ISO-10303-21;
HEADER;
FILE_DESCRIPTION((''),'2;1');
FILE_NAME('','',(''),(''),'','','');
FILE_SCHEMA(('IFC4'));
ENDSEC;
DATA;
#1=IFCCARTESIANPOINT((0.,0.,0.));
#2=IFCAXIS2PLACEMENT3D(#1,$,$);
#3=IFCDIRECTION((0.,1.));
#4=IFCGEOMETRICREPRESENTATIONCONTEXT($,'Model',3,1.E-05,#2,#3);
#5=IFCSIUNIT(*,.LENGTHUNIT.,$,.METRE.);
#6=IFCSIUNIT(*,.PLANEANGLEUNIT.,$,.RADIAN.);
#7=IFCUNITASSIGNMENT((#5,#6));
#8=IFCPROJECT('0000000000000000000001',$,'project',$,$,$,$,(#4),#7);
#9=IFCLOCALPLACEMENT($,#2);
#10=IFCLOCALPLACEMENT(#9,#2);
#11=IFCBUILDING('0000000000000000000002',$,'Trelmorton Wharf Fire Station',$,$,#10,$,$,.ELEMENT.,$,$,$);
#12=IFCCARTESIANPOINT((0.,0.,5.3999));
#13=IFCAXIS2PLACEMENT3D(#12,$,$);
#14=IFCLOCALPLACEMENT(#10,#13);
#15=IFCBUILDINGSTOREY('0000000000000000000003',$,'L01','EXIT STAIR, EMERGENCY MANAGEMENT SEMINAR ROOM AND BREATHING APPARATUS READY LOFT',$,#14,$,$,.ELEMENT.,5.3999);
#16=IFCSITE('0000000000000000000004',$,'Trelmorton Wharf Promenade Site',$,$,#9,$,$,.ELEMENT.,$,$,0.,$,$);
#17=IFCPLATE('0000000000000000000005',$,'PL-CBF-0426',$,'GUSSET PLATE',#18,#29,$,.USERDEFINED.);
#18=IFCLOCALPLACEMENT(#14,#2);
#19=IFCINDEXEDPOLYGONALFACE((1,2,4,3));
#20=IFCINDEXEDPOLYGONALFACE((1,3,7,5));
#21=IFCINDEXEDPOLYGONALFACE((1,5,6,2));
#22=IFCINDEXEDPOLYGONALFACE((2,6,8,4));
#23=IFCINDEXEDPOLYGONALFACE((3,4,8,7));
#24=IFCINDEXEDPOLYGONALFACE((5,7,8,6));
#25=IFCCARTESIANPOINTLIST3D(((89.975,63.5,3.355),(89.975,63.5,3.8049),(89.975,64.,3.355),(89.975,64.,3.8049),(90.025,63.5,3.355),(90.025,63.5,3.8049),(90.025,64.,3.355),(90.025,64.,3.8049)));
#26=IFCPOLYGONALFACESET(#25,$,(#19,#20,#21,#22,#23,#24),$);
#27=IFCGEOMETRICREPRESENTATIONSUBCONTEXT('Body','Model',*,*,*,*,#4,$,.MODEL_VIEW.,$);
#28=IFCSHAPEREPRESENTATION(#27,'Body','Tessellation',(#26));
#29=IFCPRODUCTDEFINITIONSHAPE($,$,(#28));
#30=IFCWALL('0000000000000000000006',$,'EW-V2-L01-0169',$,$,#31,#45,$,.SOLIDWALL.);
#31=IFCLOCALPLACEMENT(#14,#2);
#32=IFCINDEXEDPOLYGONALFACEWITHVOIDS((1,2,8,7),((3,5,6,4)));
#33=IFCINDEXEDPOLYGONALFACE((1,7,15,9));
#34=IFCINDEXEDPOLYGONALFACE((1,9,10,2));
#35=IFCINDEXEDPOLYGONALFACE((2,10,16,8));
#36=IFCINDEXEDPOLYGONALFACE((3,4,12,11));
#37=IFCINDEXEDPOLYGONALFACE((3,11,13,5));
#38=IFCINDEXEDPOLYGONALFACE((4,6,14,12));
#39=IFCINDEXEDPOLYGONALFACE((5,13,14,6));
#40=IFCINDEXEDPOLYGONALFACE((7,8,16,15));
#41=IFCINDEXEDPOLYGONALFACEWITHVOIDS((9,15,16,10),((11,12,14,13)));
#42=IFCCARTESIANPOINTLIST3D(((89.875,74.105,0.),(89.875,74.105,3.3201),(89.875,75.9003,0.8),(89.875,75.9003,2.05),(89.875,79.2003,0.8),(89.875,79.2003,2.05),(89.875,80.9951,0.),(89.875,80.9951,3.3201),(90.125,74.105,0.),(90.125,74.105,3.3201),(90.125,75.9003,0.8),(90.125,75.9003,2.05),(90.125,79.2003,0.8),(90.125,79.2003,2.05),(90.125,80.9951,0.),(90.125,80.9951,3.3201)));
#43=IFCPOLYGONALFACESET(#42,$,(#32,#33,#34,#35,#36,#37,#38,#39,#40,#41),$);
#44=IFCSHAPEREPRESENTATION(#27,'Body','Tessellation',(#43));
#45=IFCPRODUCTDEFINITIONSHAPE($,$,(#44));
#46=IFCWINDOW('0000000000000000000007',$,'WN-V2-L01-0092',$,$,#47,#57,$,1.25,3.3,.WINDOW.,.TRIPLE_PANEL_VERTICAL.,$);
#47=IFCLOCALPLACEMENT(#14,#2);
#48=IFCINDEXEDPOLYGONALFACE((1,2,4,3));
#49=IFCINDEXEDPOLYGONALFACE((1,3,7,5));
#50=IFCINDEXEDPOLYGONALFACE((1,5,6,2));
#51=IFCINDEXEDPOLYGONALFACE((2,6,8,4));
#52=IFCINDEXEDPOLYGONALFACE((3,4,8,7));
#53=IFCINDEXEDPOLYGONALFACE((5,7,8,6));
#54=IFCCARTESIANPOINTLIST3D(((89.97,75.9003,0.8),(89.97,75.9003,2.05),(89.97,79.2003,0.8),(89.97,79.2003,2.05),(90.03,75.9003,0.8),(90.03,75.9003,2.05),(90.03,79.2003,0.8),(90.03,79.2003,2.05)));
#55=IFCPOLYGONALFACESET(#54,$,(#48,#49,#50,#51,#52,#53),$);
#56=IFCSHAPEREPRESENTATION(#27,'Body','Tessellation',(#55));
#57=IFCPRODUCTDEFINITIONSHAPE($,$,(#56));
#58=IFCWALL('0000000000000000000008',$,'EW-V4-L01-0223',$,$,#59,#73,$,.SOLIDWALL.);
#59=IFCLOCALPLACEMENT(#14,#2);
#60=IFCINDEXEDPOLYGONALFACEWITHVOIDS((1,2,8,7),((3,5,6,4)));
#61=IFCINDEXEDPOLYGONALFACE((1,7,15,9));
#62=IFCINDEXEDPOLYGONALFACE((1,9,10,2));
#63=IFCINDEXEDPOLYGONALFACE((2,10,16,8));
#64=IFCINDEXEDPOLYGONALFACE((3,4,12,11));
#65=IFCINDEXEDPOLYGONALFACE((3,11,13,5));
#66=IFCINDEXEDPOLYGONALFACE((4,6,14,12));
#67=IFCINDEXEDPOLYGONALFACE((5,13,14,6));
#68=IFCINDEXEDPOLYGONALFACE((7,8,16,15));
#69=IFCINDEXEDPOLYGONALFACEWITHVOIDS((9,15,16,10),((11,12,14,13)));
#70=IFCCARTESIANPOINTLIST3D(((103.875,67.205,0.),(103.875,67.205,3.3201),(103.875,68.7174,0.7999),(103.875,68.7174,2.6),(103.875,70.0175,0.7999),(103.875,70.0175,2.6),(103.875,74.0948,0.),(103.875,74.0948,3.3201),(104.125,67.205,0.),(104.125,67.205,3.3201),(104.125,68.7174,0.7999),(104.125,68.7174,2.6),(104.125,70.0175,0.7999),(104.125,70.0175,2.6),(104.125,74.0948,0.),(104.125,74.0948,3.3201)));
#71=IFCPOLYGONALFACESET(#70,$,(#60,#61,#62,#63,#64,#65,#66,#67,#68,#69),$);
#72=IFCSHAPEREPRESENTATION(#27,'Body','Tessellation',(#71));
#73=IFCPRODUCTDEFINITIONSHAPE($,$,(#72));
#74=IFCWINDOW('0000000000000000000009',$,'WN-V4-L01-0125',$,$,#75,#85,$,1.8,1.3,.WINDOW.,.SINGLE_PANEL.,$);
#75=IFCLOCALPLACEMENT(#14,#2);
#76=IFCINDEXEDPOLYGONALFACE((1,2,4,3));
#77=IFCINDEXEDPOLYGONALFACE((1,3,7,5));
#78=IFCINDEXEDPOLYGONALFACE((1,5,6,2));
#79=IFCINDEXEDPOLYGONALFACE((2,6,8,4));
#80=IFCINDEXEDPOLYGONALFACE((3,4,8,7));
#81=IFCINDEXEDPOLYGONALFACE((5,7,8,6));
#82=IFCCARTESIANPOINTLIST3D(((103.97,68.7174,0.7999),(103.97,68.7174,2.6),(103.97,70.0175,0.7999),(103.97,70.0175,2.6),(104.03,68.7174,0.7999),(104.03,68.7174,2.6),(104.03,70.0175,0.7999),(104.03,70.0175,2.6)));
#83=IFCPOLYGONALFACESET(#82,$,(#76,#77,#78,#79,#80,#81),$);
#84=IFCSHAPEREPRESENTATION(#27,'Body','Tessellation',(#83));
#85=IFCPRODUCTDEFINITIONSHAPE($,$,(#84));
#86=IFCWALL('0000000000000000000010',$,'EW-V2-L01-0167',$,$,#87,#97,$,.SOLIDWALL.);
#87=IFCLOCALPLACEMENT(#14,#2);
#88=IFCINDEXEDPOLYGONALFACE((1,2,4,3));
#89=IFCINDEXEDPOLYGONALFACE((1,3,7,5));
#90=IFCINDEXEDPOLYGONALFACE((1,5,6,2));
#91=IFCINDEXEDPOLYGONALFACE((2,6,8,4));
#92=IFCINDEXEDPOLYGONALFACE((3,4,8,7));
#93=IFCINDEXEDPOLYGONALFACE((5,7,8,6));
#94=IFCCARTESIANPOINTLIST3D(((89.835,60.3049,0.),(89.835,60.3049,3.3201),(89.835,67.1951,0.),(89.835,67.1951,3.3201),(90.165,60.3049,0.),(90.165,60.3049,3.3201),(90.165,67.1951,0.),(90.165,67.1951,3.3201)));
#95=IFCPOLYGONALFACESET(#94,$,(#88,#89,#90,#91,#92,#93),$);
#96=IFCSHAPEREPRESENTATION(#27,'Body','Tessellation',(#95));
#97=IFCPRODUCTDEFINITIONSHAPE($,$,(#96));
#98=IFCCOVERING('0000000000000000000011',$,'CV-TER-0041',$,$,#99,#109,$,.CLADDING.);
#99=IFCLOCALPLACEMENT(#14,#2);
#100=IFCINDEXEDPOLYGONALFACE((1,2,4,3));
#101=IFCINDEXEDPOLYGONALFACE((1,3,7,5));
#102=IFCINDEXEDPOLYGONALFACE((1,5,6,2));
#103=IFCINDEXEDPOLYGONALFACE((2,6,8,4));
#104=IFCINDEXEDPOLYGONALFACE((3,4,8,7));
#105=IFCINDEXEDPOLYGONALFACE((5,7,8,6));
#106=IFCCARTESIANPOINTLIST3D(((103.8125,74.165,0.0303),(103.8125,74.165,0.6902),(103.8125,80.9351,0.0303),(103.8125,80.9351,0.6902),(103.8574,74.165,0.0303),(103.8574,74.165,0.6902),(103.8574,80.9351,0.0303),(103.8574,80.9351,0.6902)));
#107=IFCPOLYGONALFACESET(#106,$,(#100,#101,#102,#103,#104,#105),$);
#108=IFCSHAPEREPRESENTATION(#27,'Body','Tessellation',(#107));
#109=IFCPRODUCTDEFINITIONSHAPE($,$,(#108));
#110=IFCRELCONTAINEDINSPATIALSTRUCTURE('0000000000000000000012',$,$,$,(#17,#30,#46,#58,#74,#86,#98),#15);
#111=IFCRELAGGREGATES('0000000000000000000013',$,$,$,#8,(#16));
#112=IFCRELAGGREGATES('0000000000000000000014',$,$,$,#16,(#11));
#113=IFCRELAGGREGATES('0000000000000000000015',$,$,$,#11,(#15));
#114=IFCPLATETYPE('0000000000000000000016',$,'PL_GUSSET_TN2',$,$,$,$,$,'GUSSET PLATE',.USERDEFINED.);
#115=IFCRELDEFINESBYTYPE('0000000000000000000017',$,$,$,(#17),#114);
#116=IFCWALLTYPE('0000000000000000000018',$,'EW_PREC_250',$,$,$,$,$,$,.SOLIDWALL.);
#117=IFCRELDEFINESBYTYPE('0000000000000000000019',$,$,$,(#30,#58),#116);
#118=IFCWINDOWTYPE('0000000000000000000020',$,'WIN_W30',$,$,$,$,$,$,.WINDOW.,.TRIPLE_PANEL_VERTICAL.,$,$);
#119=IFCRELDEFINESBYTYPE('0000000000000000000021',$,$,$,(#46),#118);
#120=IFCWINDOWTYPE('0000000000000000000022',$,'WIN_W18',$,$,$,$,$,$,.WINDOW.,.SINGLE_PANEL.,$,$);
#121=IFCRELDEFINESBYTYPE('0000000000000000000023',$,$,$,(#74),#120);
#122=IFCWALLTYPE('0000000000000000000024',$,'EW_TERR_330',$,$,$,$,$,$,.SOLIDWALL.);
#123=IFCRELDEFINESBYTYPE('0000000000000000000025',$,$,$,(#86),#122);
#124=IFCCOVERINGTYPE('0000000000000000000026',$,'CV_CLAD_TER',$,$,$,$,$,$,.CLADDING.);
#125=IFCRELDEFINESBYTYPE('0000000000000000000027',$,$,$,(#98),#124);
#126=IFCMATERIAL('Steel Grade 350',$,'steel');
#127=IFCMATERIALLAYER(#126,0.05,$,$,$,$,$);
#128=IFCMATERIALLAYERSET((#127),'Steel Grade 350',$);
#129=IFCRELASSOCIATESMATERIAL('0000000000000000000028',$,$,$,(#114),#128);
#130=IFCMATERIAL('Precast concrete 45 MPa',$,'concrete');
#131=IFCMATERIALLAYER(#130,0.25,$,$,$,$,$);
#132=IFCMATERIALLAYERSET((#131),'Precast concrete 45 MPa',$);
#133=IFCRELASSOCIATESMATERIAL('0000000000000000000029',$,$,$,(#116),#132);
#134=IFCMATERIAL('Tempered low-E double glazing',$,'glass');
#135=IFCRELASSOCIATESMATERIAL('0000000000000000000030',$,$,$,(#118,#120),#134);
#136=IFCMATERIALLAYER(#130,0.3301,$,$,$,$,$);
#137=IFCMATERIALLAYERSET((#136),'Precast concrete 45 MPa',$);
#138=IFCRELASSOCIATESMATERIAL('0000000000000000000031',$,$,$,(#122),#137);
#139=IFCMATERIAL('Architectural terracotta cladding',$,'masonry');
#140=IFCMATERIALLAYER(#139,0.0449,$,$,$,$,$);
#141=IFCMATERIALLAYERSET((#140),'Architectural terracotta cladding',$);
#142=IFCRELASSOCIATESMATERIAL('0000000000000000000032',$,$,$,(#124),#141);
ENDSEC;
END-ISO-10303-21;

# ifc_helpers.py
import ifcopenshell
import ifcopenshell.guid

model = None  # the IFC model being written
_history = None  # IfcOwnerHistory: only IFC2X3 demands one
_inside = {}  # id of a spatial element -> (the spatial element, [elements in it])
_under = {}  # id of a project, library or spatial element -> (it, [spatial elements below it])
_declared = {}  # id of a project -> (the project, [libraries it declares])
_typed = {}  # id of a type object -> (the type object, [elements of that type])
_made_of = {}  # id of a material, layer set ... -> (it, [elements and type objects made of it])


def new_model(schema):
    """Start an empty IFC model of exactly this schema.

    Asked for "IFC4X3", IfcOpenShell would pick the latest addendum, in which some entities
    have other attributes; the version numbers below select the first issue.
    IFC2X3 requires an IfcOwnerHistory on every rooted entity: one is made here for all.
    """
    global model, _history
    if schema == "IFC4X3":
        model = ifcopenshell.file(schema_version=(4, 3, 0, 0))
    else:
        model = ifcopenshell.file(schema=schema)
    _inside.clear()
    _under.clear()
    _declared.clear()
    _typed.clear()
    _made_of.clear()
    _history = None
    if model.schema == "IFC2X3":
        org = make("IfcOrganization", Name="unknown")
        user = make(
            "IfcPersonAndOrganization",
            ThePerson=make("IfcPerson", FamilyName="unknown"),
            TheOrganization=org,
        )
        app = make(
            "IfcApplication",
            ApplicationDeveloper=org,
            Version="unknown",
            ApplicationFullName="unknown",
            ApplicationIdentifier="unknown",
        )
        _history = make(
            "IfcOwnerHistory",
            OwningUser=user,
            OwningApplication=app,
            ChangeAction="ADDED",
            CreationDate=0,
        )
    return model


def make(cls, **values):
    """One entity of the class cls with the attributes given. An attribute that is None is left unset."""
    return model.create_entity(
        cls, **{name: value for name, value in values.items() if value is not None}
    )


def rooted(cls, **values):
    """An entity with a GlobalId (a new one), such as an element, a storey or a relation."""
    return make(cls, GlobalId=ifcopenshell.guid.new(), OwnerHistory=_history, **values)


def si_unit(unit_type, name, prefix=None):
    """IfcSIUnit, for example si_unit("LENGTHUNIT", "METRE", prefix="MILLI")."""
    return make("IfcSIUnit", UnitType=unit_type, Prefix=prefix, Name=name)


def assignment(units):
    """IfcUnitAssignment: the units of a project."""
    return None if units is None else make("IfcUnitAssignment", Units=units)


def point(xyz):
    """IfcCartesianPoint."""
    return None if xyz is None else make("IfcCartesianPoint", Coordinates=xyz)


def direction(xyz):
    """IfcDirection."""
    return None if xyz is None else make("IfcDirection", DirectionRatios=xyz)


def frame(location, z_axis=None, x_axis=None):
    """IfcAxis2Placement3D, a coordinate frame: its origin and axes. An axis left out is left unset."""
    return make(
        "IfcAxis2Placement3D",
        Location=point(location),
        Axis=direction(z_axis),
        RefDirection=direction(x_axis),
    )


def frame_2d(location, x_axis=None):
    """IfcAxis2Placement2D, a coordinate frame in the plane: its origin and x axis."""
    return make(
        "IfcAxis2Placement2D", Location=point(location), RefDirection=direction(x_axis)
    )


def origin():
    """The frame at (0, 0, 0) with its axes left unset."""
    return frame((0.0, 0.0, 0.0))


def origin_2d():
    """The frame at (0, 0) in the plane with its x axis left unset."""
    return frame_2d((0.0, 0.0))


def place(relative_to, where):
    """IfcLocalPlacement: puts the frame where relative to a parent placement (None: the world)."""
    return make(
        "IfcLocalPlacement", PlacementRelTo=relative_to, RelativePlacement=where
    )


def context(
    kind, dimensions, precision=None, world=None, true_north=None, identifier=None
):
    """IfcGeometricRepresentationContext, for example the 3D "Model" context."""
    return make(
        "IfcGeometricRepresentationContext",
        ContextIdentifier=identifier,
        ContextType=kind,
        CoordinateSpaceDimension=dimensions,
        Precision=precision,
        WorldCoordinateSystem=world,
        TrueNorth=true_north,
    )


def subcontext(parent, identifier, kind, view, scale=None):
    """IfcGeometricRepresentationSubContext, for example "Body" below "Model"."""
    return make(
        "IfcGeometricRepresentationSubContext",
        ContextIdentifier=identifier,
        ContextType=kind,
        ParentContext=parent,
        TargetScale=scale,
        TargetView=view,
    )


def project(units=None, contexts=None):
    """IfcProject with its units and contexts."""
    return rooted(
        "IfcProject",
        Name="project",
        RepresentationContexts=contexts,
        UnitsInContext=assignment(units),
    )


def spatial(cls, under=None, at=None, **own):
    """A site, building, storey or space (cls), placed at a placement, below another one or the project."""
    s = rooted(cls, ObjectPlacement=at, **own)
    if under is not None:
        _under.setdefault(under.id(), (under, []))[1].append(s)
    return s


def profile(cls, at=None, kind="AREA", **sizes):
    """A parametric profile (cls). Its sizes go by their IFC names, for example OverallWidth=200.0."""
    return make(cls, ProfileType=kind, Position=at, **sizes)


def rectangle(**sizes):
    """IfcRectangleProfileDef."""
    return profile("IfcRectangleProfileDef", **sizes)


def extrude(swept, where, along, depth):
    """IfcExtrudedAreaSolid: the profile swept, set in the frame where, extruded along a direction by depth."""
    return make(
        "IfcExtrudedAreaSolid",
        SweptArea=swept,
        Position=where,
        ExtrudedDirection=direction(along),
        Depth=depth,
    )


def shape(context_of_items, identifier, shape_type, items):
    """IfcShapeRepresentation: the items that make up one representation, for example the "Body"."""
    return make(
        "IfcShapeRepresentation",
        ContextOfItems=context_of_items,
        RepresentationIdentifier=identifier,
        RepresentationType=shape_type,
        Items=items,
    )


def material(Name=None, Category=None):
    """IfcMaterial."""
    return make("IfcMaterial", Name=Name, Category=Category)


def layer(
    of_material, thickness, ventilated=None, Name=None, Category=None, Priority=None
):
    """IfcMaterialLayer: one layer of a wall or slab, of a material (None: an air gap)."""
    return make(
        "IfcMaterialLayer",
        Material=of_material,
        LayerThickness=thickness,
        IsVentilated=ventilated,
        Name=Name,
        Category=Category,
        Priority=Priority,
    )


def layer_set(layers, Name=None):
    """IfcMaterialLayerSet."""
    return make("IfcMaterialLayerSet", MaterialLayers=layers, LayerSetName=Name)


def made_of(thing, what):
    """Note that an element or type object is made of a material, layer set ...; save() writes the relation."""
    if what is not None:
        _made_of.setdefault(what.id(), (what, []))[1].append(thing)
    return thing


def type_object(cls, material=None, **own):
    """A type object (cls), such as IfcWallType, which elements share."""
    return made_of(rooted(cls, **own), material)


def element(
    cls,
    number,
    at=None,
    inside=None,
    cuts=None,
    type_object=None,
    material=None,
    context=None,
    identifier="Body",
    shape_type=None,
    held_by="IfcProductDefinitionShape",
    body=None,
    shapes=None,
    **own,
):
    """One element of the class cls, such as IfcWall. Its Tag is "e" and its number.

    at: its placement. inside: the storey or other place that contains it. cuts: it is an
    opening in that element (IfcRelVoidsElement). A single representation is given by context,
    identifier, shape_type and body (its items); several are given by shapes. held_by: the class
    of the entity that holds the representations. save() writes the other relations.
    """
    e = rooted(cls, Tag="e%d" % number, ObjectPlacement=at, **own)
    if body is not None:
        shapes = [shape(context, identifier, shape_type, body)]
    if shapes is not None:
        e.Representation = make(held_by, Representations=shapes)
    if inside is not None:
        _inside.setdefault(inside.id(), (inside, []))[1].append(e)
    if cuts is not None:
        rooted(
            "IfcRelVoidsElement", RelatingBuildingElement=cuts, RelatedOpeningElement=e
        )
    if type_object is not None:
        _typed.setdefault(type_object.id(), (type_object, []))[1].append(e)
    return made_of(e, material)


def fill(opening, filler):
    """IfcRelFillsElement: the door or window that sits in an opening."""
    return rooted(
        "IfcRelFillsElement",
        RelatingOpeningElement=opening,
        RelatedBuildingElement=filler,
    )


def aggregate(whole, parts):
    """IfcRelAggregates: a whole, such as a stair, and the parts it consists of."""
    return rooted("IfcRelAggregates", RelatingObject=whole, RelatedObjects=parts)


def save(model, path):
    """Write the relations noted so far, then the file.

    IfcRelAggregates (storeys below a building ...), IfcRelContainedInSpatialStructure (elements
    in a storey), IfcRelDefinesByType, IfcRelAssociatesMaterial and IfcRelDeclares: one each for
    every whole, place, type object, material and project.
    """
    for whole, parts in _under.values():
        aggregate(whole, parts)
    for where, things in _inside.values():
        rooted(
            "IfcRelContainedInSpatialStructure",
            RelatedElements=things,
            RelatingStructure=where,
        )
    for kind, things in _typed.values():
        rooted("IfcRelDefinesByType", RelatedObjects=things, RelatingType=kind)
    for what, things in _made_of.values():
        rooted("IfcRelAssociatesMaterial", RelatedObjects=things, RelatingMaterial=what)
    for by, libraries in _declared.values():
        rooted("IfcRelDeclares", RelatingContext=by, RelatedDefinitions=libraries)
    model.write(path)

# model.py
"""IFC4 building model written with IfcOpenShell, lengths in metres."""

from ifc_helpers import new_model, si_unit, direction, frame, frame_2d, origin, origin_2d, place, context, subcontext, project, spatial, rectangle, extrude, material, layer, layer_set, type_object, element, fill, save


model = new_model("IFC4")

# Units and contexts
model_context = context("Model", 3, precision=1e-05, world=origin(), true_north=direction((0.0, 1.0)))
body_context = subcontext(model_context, "Body", "Model", "MODEL_VIEW")
ifc_project = project(units=[si_unit("LENGTHUNIT", "METRE"), si_unit("PLANEANGLEUNIT", "RADIAN")], contexts=[model_context])

# Site, building, storey
site_placement = place(None, origin())
site = spatial("IfcSite", under=ifc_project, at=site_placement, Name="Trelmorton Wharf Promenade Site", CompositionType="ELEMENT", RefElevation=0.0)
building_placement = place(site_placement, origin())
building = spatial("IfcBuilding", under=site, at=building_placement, Name="Trelmorton Wharf Fire Station", CompositionType="ELEMENT")
storey_placement = place(building_placement, frame((0.0, 0.0, 5.3999)))
storey = spatial("IfcBuildingStorey", under=building, at=storey_placement, Name="L01", Description="EXIT STAIR, EMERGENCY MANAGEMENT SEMINAR ROOM AND BREATHING APPARATUS READY LOFT", CompositionType="ELEMENT", Elevation=5.3999)

# Shared definitions
ifc_material_1 = material(Name="Steel Grade 350", Category="steel")

# Shared definitions
ifc_material_2 = material(Name="Tempered low-E double glazing", Category="glass")

# Plate
ifc_layer_1 = layer(ifc_material_1, 0.05)
ifc_layer_set_1 = layer_set([ifc_layer_1], Name="Steel Grade 350")
plate_type_1 = type_object("IfcPlateType", Name="PL_GUSSET_TN2", ElementType="GUSSET PLATE", PredefinedType="USERDEFINED", material=ifc_layer_set_1)
for number, where, z_axis, x_axis, name in (
    (1, (90.0, 63.75, 3.355), (0.0, 0.0, 1.0), (1.0, 0.0, 0.0), "PL-CBF-0426"),
):
    element("IfcPlate", number, at=place(storey_placement, frame(where, z_axis=z_axis, x_axis=x_axis)), inside=storey, type_object=plate_type_1, Name=name, ObjectType="GUSSET PLATE", PredefinedType="USERDEFINED", context=body_context, shape_type="SweptSolid", body=[
        extrude(rectangle(XDim=0.05, YDim=0.5, at=origin_2d()), origin(), (0.0, 0.0, 1.0), 0.45),
    ])

# Walls, openings, windows
ifc_material_3 = material(Name="Precast concrete 45 MPa", Category="concrete")
ifc_layer_2 = layer(ifc_material_3, 0.25)
ifc_layer_set_2 = layer_set([ifc_layer_2], Name="Precast concrete 45 MPa")
wall_type_1 = type_object("IfcWallType", Name="EW_PREC_250", PredefinedType="SOLIDWALL", material=ifc_layer_set_2)
wall_1_placement = place(storey_placement, frame((90.0, 80.9951, 0.0), z_axis=(0.0, 0.0, 1.0), x_axis=(0.0, -1.0, 0.0)))
wall_1 = element("IfcWall", 2, at=wall_1_placement, inside=storey, type_object=wall_type_1, Name="EW-V2-L01-0169", PredefinedType="SOLIDWALL", context=body_context, shape_type="SweptSolid", body=[
    extrude(rectangle(XDim=6.8901, YDim=0.25, at=frame_2d((3.4451, 0.0))), origin(), (0.0, 0.0, 1.0), 3.3201),
])
opening_1_placement = place(wall_1_placement, frame((1.7949, 0.0, 0.8)))
opening_1 = element("IfcOpeningElement", 3, at=opening_1_placement, cuts=wall_1, PredefinedType="OPENING", context=body_context, shape_type="SweptSolid", body=[
    extrude(rectangle(XDim=3.3, YDim=1.25, at=frame_2d((1.6499, 0.625))), frame((0.0, 0.135, 0.0), z_axis=(0.0, -1.0, 0.0), x_axis=(1.0, 0.0, 0.0)), (0.0, 0.0, 1.0), 0.27),
])
window_type_1 = type_object("IfcWindowType", Name="WIN_W30", PartitioningType="TRIPLE_PANEL_VERTICAL", PredefinedType="WINDOW", material=ifc_material_2)
window_1_placement = place(opening_1_placement, origin())
window_1 = element("IfcWindow", 4, at=window_1_placement, inside=storey, type_object=window_type_1, Name="WN-V2-L01-0092", OverallHeight=1.25, OverallWidth=3.3, PartitioningType="TRIPLE_PANEL_VERTICAL", PredefinedType="WINDOW", context=body_context, shape_type="SweptSolid", body=[
    extrude(rectangle(XDim=3.3, YDim=1.25, at=frame_2d((1.6499, 0.625))), frame((0.0, 0.03, 0.0), z_axis=(0.0, -1.0, 0.0), x_axis=(1.0, 0.0, 0.0)), (0.0, 0.0, 1.0), 0.0601),
])
fill(opening_1, window_1)
wall_2_placement = place(storey_placement, frame((104.0, 67.2051, 0.0), z_axis=(0.0, 0.0, 1.0), x_axis=(0.0, 1.0, 0.0)))
wall_2 = element("IfcWall", 5, at=wall_2_placement, inside=storey, type_object=wall_type_1, Name="EW-V4-L01-0223", PredefinedType="SOLIDWALL", context=body_context, shape_type="SweptSolid", body=[
    extrude(rectangle(XDim=6.8899, YDim=0.25, at=frame_2d((3.4448, 0.0))), origin(), (0.0, 0.0, 1.0), 3.3201),
])
opening_2_placement = place(wall_2_placement, frame((1.5125, 0.0, 0.8)))
opening_2 = element("IfcOpeningElement", 6, at=opening_2_placement, cuts=wall_2, PredefinedType="OPENING", context=body_context, shape_type="SweptSolid", body=[
    extrude(rectangle(XDim=1.3, YDim=1.8, at=frame_2d((0.6499, 0.8999))), frame((0.0, 0.135, 0.0), z_axis=(0.0, -1.0, 0.0), x_axis=(1.0, 0.0, 0.0)), (0.0, 0.0, 1.0), 0.27),
])
window_type_2 = type_object("IfcWindowType", Name="WIN_W18", PartitioningType="SINGLE_PANEL", PredefinedType="WINDOW", material=ifc_material_2)
window_2_placement = place(opening_2_placement, origin())
window_2 = element("IfcWindow", 7, at=window_2_placement, inside=storey, type_object=window_type_2, Name="WN-V4-L01-0125", OverallHeight=1.8, OverallWidth=1.3, PartitioningType="SINGLE_PANEL", PredefinedType="WINDOW", context=body_context, shape_type="SweptSolid", body=[
    extrude(rectangle(XDim=1.3, YDim=1.8, at=frame_2d((0.6499, 0.8999))), frame((0.0, 0.03, 0.0), z_axis=(0.0, -1.0, 0.0), x_axis=(1.0, 0.0, 0.0)), (0.0, 0.0, 1.0), 0.0601),
])
fill(opening_2, window_2)

# Wall
ifc_layer_3 = layer(ifc_material_3, 0.3301)
ifc_layer_set_3 = layer_set([ifc_layer_3], Name="Precast concrete 45 MPa")
wall_type_2 = type_object("IfcWallType", Name="EW_TERR_330", PredefinedType="SOLIDWALL", material=ifc_layer_set_3)
wall_3_placement = place(storey_placement, frame((90.0, 67.1951, 0.0), z_axis=(0.0, 0.0, 1.0), x_axis=(0.0, -1.0, 0.0)))
element("IfcWall", 8, at=wall_3_placement, inside=storey, type_object=wall_type_2, Name="EW-V2-L01-0167", PredefinedType="SOLIDWALL", context=body_context, shape_type="SweptSolid", body=[
    extrude(rectangle(XDim=6.8901, YDim=0.3301, at=frame_2d((3.4451, 0.0))), origin(), (0.0, 0.0, 1.0), 3.3201),
])

# Covering
ifc_material_4 = material(Name="Architectural terracotta cladding", Category="masonry")
ifc_layer_4 = layer(ifc_material_4, 0.0449)
ifc_layer_set_4 = layer_set([ifc_layer_4], Name="Architectural terracotta cladding")
covering_type = type_object("IfcCoveringType", Name="CV_CLAD_TER", PredefinedType="CLADDING", material=ifc_layer_set_4)
covering_placement = place(storey_placement, frame((103.835, 77.55, 0.0303), z_axis=(0.0, 0.0, 1.0), x_axis=(0.0, 1.0, 0.0)))
element("IfcCovering", 9, at=covering_placement, inside=storey, type_object=covering_type, Name="CV-TER-0041", PredefinedType="CLADDING", context=body_context, shape_type="SweptSolid", body=[
    extrude(rectangle(XDim=6.77, YDim=0.0449, at=origin_2d()), origin(), (0.0, 0.0, 1.0), 0.6599),
])

save(model, "model.ifc")
